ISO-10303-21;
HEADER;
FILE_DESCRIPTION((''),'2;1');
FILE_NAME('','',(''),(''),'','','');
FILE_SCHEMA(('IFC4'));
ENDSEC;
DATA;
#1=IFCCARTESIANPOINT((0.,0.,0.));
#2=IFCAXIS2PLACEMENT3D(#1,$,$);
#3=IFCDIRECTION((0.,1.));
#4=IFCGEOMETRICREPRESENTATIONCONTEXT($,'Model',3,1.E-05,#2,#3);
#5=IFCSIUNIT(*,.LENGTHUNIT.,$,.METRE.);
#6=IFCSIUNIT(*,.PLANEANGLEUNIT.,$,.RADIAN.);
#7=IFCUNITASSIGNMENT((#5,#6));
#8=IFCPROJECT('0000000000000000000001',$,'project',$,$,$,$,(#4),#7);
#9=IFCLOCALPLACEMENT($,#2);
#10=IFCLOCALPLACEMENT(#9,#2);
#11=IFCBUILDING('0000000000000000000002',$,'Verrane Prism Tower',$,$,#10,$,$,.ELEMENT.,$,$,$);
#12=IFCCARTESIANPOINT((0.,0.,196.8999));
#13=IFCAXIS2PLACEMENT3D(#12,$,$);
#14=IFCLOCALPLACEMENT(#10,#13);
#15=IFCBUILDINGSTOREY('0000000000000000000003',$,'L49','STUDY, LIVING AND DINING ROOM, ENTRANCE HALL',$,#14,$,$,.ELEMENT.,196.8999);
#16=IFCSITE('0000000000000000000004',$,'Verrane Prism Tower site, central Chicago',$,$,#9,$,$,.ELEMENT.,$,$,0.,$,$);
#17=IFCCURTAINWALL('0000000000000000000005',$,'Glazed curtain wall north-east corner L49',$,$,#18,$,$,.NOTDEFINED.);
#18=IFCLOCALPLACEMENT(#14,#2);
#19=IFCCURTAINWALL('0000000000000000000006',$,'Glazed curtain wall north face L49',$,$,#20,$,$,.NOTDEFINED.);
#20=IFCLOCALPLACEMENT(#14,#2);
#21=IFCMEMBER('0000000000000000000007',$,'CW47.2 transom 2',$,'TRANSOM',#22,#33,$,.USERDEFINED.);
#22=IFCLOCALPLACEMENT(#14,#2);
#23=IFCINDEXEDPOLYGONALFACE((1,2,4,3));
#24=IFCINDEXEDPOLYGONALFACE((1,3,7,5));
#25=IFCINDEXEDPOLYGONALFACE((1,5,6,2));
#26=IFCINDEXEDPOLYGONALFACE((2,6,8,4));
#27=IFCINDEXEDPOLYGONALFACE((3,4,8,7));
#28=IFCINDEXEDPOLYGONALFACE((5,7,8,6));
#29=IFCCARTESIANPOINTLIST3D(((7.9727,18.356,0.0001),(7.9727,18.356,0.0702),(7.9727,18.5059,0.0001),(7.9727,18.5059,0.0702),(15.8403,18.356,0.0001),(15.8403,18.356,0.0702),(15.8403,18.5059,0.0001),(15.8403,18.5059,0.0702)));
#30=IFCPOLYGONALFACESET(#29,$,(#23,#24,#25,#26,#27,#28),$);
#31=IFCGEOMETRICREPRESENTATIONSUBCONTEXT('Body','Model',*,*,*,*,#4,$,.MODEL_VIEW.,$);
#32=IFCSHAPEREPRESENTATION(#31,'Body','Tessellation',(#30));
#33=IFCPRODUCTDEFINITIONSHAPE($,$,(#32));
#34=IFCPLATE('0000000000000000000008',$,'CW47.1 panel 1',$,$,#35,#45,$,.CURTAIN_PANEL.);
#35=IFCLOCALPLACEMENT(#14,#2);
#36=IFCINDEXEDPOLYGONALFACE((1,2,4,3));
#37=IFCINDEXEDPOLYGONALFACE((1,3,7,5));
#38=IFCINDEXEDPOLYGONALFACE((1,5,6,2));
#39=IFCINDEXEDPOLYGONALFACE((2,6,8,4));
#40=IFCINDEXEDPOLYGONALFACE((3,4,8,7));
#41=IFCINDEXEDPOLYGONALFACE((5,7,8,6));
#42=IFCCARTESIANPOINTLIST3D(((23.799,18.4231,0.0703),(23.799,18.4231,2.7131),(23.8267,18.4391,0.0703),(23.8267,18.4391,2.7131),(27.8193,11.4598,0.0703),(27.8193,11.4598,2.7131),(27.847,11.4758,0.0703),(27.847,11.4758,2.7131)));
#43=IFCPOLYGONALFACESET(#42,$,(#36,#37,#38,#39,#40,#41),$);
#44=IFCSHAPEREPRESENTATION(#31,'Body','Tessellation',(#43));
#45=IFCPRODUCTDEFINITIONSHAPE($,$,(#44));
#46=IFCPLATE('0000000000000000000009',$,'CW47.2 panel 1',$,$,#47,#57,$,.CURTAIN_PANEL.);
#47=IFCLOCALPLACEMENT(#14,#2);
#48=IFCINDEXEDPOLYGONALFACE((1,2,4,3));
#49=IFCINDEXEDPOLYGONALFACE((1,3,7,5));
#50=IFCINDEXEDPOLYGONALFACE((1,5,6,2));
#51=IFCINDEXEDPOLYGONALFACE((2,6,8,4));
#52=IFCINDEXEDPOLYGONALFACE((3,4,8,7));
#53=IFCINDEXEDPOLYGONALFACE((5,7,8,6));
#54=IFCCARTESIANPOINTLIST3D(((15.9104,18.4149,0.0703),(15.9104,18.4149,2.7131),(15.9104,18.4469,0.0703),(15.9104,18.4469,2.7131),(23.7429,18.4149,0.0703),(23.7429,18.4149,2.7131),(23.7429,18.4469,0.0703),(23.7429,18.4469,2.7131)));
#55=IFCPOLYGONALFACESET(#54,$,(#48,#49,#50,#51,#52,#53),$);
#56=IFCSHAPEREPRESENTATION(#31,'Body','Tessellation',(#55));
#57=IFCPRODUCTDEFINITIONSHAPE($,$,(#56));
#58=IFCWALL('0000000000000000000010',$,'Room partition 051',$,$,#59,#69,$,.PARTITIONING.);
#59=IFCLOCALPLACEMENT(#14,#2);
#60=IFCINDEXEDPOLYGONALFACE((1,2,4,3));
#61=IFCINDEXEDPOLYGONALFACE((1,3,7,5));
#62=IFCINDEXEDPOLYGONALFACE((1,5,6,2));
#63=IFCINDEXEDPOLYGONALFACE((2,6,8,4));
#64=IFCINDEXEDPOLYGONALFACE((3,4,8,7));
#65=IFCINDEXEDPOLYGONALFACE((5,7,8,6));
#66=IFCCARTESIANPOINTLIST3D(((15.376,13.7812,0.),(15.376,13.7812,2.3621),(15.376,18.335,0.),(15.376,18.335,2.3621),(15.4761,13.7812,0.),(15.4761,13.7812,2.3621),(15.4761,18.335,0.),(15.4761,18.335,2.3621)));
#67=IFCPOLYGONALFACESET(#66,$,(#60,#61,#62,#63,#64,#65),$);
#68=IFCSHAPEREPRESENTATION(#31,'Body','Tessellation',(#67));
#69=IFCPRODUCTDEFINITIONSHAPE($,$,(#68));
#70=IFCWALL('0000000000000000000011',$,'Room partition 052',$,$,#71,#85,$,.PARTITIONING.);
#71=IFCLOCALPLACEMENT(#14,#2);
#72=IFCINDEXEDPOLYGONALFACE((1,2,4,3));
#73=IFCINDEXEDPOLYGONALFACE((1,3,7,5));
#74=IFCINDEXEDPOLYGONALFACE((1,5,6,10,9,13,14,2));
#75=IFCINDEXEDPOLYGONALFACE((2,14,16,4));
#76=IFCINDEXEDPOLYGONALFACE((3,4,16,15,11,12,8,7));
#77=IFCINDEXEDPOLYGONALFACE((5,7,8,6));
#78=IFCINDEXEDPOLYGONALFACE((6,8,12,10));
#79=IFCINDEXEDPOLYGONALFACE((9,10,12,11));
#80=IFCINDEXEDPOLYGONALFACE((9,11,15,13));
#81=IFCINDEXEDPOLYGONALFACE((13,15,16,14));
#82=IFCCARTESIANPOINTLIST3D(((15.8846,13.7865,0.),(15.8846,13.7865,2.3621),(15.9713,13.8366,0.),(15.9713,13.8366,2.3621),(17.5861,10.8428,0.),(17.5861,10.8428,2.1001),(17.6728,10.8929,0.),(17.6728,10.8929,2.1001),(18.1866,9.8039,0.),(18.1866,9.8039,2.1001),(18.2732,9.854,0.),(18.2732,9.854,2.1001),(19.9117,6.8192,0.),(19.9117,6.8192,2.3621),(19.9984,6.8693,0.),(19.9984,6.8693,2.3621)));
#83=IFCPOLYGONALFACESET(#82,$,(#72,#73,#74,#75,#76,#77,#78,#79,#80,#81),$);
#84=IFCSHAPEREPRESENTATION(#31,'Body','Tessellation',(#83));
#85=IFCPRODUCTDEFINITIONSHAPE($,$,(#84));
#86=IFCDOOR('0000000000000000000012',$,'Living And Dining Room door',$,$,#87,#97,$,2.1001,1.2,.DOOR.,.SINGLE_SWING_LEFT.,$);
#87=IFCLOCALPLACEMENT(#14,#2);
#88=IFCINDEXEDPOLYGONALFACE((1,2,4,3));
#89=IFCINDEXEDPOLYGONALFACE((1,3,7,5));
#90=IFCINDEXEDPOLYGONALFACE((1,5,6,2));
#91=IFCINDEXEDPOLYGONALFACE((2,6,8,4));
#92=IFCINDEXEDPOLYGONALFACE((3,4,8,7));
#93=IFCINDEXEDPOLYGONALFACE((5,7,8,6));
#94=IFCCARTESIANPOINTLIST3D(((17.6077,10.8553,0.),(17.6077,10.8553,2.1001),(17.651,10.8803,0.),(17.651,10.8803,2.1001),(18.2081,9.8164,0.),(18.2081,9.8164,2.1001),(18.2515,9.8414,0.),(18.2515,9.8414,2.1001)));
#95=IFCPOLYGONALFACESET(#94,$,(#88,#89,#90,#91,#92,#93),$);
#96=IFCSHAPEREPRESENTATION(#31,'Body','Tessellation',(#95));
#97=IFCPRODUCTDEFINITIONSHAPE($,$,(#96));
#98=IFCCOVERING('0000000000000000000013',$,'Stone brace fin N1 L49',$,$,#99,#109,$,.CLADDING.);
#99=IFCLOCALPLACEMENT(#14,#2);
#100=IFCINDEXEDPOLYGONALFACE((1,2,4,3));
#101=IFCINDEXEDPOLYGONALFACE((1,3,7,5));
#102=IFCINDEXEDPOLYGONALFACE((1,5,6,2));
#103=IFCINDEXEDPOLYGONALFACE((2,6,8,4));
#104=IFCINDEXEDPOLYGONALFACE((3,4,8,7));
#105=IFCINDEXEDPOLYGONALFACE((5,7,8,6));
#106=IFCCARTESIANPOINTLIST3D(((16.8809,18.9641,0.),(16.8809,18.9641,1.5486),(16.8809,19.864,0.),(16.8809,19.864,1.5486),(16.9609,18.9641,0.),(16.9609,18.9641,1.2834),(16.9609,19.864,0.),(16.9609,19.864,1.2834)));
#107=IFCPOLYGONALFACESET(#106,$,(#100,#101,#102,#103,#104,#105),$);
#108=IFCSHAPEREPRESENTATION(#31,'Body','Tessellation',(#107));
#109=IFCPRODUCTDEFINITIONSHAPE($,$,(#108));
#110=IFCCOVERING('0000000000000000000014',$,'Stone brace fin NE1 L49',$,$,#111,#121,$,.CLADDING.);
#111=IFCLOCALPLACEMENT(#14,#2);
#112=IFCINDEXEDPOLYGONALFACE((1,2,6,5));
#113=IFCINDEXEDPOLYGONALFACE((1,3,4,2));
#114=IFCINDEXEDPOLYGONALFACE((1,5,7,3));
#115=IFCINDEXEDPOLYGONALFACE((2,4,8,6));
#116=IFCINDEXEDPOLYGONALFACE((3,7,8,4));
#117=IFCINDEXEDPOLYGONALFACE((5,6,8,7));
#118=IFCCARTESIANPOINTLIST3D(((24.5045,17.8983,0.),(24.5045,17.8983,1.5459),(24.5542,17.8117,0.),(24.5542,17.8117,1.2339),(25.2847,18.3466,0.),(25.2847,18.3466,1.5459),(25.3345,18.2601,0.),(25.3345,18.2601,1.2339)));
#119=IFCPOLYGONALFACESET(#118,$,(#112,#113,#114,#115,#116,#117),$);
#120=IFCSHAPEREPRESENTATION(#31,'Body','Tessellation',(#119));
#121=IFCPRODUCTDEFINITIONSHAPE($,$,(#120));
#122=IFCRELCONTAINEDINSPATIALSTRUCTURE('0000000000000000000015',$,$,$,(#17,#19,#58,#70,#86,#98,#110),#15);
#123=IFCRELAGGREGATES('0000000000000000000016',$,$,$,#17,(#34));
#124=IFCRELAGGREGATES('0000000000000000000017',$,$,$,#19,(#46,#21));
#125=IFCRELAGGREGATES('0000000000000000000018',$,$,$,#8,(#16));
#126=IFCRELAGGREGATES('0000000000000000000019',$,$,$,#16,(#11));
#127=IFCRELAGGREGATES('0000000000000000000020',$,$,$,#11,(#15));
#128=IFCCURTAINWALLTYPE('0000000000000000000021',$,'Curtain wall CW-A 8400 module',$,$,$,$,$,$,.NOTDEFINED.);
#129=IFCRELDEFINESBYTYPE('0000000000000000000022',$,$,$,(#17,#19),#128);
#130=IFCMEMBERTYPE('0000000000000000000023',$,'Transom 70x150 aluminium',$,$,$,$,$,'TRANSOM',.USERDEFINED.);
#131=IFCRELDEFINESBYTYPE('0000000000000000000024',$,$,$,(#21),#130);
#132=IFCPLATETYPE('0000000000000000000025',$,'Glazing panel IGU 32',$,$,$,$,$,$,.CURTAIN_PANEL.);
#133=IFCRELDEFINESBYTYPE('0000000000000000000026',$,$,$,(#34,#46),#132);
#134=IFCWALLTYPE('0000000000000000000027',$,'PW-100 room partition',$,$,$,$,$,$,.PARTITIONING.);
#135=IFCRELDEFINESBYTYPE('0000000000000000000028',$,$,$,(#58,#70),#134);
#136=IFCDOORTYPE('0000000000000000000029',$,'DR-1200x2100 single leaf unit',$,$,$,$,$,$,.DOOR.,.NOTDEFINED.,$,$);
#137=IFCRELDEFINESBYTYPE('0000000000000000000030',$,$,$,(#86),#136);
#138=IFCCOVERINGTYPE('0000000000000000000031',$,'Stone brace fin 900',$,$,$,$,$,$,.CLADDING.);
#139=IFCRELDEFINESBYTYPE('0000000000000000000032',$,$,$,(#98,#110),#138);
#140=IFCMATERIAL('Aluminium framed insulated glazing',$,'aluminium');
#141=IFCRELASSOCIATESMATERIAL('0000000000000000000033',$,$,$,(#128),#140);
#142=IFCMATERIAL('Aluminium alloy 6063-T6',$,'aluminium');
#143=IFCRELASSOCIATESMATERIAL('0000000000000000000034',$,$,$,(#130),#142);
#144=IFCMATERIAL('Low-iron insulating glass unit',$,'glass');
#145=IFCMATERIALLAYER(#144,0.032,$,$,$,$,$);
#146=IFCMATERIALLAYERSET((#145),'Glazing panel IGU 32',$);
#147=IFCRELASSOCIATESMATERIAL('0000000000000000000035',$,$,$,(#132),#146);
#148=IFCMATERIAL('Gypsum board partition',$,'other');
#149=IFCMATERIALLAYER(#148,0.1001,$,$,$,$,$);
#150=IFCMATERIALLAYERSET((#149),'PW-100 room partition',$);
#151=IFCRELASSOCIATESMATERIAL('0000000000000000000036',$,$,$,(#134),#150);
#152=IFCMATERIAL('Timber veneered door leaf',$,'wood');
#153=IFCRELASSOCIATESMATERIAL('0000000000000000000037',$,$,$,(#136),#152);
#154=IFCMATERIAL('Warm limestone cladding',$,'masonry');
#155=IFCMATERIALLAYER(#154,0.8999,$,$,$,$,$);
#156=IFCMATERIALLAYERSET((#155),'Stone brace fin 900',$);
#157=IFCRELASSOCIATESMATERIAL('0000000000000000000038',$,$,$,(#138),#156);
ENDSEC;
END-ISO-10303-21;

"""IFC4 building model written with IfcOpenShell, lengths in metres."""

from ifc_helpers import new_model, si_unit, direction, frame, frame_2d, origin, origin_2d, place, context, subcontext, project, spatial, polyline, rectangle, outline, extrude, material, layer, layer_set, material_profile, profile_set, type_object, element, fill, aggregate, save


model = new_model("IFC4")

# Units and contexts
model_context = context("Model", 3, precision=1e-05, world=origin(), true_north=direction((0.0, 1.0)))
body_context = subcontext(model_context, "Body", "Model", "MODEL_VIEW")
ifc_project = project(units=[si_unit("LENGTHUNIT", "METRE"), si_unit("PLANEANGLEUNIT", "RADIAN")], contexts=[model_context])

# Site, building, storey
site_placement = place(None, origin())
site = spatial("IfcSite", under=ifc_project, at=site_placement, Name="Verrane Prism Tower site, central Chicago", CompositionType="ELEMENT", RefElevation=0.0)
building_placement = place(site_placement, origin())
building = spatial("IfcBuilding", under=site, at=building_placement, Name="Verrane Prism Tower", CompositionType="ELEMENT")
storey_placement = place(building_placement, frame((0.0, 0.0, 196.8999)))
storey = spatial("IfcBuildingStorey", under=building, at=storey_placement, Name="L49", Description="STUDY, LIVING AND DINING ROOM, ENTRANCE HALL", CompositionType="ELEMENT", Elevation=196.8999)

# Curtain wall
ifc_material_1 = material(Name="Aluminium framed insulated glazing", Category="aluminium")
curtain_wall_type = type_object("IfcCurtainWallType", Name="Curtain wall CW-A 8400 module", PredefinedType="NOTDEFINED", material=ifc_material_1)
curtain_wall_1_placement = place(storey_placement, origin())
curtain_wall_1 = element("IfcCurtainWall", 1, at=curtain_wall_1_placement, inside=storey, type_object=curtain_wall_type, Name="Glazed curtain wall north-east corner L49", PredefinedType="NOTDEFINED")

# Curtain wall
curtain_wall_2_placement = place(storey_placement, origin())
curtain_wall_2 = element("IfcCurtainWall", 2, at=curtain_wall_2_placement, inside=storey, type_object=curtain_wall_type, Name="Glazed curtain wall north face L49", PredefinedType="NOTDEFINED")

# Member
ifc_material_2 = material(Name="Aluminium alloy 6063-T6", Category="aluminium")
ifc_material_profile_1 = material_profile(ifc_material_2, rectangle(XDim=0.1499, YDim=0.0701, at=origin_2d()), Name="Transom 70x150 aluminium")
ifc_profile_set_1 = profile_set([ifc_material_profile_1], Name="Aluminium alloy 6063-T6")
member_type_1 = type_object("IfcMemberType", Name="Transom 70x150 aluminium", ElementType="TRANSOM", PredefinedType="USERDEFINED", material=ifc_profile_set_1)
member_1_placement = place(storey_placement, frame((15.8403, 18.4309, 0.0352), z_axis=(-1.0, 0.0, 0.0), x_axis=(0.0, -1.0, 0.0)))
member_1 = element("IfcMember", 3, at=member_1_placement, type_object=member_type_1, Name="CW47.2 transom 2", ObjectType="TRANSOM", PredefinedType="USERDEFINED", context=body_context, shape_type="SweptSolid", body=[
    extrude(rectangle(XDim=0.1499, YDim=0.0701, at=origin_2d()), origin(), (0.0, 0.0, 1.0), 7.8677),
])

# Plates
ifc_material_3 = material(Name="Low-iron insulating glass unit", Category="glass")
ifc_layer_1 = layer(ifc_material_3, 0.032)
ifc_layer_set_1 = layer_set([ifc_layer_1], Name="Glazing panel IGU 32")
plate_type = type_object("IfcPlateType", Name="Glazing panel IGU 32", PredefinedType="CURTAIN_PANEL", material=ifc_layer_set_1)
plate_1_placement = place(storey_placement, frame((25.823, 14.9495, 0.0703), z_axis=(0.0, 0.0, 1.0), x_axis=(-0.500005, 0.866023, 0.0)))
plate_1 = element("IfcPlate", 4, at=plate_1_placement, type_object=plate_type, Name="CW47.1 panel 1", PredefinedType="CURTAIN_PANEL", context=body_context, shape_type="SweptSolid", body=[
    extrude(rectangle(XDim=8.0405, YDim=0.032, at=origin_2d()), origin(), (0.0, 0.0, 1.0), 2.6428),
])
aggregate(curtain_wall_1, [plate_1])
plate_2_placement = place(storey_placement, frame((19.8267, 18.4309, 0.0703), z_axis=(0.0, 0.0, 1.0), x_axis=(-1.0, 0.0, 0.0)))
plate_2 = element("IfcPlate", 5, at=plate_2_placement, type_object=plate_type, Name="CW47.2 panel 1", PredefinedType="CURTAIN_PANEL", context=body_context, shape_type="SweptSolid", body=[
    extrude(rectangle(XDim=7.8325, YDim=0.032, at=origin_2d()), origin(), (0.0, 0.0, 1.0), 2.6428),
])
aggregate(curtain_wall_2, [plate_2, member_1])

# Wall
ifc_material_4 = material(Name="Gypsum board partition", Category="other")
ifc_layer_2 = layer(ifc_material_4, 0.1001)
ifc_layer_set_2 = layer_set([ifc_layer_2], Name="PW-100 room partition")
wall_type = type_object("IfcWallType", Name="PW-100 room partition", PredefinedType="PARTITIONING", material=ifc_layer_set_2)
wall_1_placement = place(storey_placement, frame((15.426, 13.7812, 0.0), z_axis=(0.0, 0.0, 1.0), x_axis=(0.0, 1.0, 0.0)))
element("IfcWall", 6, at=wall_1_placement, inside=storey, type_object=wall_type, Name="Room partition 051", PredefinedType="PARTITIONING", context=body_context, shape_type="SweptSolid", body=[
    extrude(rectangle(XDim=4.5537, YDim=0.1001, at=frame_2d((2.2769, 0.0))), origin(), (0.0, 0.0, 1.0), 2.3621),
])

# Wall, opening, door
wall_2_placement = place(storey_placement, frame((15.928, 13.8115, 0.0), z_axis=(0.0, 0.0, 1.0), x_axis=(0.500423, -0.865781, 0.0)))
wall_2 = element("IfcWall", 7, at=wall_2_placement, inside=storey, type_object=wall_type, Name="Room partition 052", PredefinedType="PARTITIONING", context=body_context, shape_type="SweptSolid", body=[
    extrude(rectangle(XDim=8.0474, YDim=0.1001, at=frame_2d((4.0237, 0.0))), origin(), (0.0, 0.0, 1.0), 2.3621),
])
opening_placement = place(wall_2_placement, frame((3.3999, 0.0, 0.0)))
opening = element("IfcOpeningElement", 8, at=opening_placement, cuts=wall_2, PredefinedType="OPENING", context=body_context, shape_type="SweptSolid", body=[
    extrude(rectangle(XDim=1.2, YDim=2.1001, at=frame_2d((0.6001, 1.05))), frame((0.0, 0.0601, 0.0), z_axis=(0.0, -1.0, 0.0), x_axis=(1.0, 0.0, 0.0)), (0.0, 0.0, 1.0), 0.1201),
])
ifc_material_5 = material(Name="Timber veneered door leaf", Category="wood")
door_type = type_object("IfcDoorType", Name="DR-1200x2100 single leaf unit", OperationType="NOTDEFINED", PredefinedType="DOOR", material=ifc_material_5)
door_placement = place(opening_placement, origin())
door = element("IfcDoor", 9, at=door_placement, inside=storey, type_object=door_type, Name="Living And Dining Room door", OperationType="SINGLE_SWING_LEFT", OverallHeight=2.1001, OverallWidth=1.2, PredefinedType="DOOR", context=body_context, shape_type="SweptSolid", body=[
    extrude(rectangle(XDim=1.2, YDim=2.1001, at=frame_2d((0.6001, 1.05))), frame((0.0, 0.0249, 0.0), z_axis=(0.0, -1.0, 0.0), x_axis=(1.0, 0.0, 0.0)), (0.0, 0.0, 1.0), 0.05),
])
fill(opening, door)

# Coverings
ifc_material_6 = material(Name="Warm limestone cladding", Category="masonry")
ifc_layer_3 = layer(ifc_material_6, 0.8999)
ifc_layer_set_3 = layer_set([ifc_layer_3], Name="Stone brace fin 900")
covering_type = type_object("IfcCoveringType", Name="Stone brace fin 900", PredefinedType="CLADDING", material=ifc_layer_set_3)
covering_1_placement = place(storey_placement, frame((16.9609, 19.4141, 0.0), z_axis=(0.0, 0.0, 1.0), x_axis=(-1.0, 0.0, 0.0)))
element("IfcCovering", 10, at=covering_1_placement, inside=storey, type_object=covering_type, Name="Stone brace fin N1 L49", PredefinedType="CLADDING", context=body_context, shape_type="SweptSolid", body=[
    extrude(outline(polyline([(0.0, 0.0), (0.0801, 0.0), (0.0801, 1.5486), (0.0, 1.2834), (0.0, 0.0)])), frame((0.0, 0.45, 0.0), z_axis=(0.0, -1.0, 0.0), x_axis=(1.0, 0.0, 0.0)), (0.0, 0.0, 1.0), 0.8999),
])
covering_2_placement = place(storey_placement, frame((24.9443, 18.0359, 0.0), z_axis=(0.0, 0.0, 1.0), x_axis=(-0.498242, 0.867038, 0.0)))
element("IfcCovering", 11, at=covering_2_placement, inside=storey, type_object=covering_type, Name="Stone brace fin NE1 L49", PredefinedType="CLADDING", context=body_context, shape_type="SweptSolid", body=[
    extrude(outline(polyline([(0.0, 0.0), (0.0999, 0.0), (0.0999, 1.5459), (0.0, 1.2339), (0.0, 0.0)])), frame((0.0, 0.45, 0.0), z_axis=(0.0, -1.0, 0.0), x_axis=(1.0, 0.0, 0.0)), (0.0, 0.0, 1.0), 0.8999),
])

save(model, "model.ifc")
